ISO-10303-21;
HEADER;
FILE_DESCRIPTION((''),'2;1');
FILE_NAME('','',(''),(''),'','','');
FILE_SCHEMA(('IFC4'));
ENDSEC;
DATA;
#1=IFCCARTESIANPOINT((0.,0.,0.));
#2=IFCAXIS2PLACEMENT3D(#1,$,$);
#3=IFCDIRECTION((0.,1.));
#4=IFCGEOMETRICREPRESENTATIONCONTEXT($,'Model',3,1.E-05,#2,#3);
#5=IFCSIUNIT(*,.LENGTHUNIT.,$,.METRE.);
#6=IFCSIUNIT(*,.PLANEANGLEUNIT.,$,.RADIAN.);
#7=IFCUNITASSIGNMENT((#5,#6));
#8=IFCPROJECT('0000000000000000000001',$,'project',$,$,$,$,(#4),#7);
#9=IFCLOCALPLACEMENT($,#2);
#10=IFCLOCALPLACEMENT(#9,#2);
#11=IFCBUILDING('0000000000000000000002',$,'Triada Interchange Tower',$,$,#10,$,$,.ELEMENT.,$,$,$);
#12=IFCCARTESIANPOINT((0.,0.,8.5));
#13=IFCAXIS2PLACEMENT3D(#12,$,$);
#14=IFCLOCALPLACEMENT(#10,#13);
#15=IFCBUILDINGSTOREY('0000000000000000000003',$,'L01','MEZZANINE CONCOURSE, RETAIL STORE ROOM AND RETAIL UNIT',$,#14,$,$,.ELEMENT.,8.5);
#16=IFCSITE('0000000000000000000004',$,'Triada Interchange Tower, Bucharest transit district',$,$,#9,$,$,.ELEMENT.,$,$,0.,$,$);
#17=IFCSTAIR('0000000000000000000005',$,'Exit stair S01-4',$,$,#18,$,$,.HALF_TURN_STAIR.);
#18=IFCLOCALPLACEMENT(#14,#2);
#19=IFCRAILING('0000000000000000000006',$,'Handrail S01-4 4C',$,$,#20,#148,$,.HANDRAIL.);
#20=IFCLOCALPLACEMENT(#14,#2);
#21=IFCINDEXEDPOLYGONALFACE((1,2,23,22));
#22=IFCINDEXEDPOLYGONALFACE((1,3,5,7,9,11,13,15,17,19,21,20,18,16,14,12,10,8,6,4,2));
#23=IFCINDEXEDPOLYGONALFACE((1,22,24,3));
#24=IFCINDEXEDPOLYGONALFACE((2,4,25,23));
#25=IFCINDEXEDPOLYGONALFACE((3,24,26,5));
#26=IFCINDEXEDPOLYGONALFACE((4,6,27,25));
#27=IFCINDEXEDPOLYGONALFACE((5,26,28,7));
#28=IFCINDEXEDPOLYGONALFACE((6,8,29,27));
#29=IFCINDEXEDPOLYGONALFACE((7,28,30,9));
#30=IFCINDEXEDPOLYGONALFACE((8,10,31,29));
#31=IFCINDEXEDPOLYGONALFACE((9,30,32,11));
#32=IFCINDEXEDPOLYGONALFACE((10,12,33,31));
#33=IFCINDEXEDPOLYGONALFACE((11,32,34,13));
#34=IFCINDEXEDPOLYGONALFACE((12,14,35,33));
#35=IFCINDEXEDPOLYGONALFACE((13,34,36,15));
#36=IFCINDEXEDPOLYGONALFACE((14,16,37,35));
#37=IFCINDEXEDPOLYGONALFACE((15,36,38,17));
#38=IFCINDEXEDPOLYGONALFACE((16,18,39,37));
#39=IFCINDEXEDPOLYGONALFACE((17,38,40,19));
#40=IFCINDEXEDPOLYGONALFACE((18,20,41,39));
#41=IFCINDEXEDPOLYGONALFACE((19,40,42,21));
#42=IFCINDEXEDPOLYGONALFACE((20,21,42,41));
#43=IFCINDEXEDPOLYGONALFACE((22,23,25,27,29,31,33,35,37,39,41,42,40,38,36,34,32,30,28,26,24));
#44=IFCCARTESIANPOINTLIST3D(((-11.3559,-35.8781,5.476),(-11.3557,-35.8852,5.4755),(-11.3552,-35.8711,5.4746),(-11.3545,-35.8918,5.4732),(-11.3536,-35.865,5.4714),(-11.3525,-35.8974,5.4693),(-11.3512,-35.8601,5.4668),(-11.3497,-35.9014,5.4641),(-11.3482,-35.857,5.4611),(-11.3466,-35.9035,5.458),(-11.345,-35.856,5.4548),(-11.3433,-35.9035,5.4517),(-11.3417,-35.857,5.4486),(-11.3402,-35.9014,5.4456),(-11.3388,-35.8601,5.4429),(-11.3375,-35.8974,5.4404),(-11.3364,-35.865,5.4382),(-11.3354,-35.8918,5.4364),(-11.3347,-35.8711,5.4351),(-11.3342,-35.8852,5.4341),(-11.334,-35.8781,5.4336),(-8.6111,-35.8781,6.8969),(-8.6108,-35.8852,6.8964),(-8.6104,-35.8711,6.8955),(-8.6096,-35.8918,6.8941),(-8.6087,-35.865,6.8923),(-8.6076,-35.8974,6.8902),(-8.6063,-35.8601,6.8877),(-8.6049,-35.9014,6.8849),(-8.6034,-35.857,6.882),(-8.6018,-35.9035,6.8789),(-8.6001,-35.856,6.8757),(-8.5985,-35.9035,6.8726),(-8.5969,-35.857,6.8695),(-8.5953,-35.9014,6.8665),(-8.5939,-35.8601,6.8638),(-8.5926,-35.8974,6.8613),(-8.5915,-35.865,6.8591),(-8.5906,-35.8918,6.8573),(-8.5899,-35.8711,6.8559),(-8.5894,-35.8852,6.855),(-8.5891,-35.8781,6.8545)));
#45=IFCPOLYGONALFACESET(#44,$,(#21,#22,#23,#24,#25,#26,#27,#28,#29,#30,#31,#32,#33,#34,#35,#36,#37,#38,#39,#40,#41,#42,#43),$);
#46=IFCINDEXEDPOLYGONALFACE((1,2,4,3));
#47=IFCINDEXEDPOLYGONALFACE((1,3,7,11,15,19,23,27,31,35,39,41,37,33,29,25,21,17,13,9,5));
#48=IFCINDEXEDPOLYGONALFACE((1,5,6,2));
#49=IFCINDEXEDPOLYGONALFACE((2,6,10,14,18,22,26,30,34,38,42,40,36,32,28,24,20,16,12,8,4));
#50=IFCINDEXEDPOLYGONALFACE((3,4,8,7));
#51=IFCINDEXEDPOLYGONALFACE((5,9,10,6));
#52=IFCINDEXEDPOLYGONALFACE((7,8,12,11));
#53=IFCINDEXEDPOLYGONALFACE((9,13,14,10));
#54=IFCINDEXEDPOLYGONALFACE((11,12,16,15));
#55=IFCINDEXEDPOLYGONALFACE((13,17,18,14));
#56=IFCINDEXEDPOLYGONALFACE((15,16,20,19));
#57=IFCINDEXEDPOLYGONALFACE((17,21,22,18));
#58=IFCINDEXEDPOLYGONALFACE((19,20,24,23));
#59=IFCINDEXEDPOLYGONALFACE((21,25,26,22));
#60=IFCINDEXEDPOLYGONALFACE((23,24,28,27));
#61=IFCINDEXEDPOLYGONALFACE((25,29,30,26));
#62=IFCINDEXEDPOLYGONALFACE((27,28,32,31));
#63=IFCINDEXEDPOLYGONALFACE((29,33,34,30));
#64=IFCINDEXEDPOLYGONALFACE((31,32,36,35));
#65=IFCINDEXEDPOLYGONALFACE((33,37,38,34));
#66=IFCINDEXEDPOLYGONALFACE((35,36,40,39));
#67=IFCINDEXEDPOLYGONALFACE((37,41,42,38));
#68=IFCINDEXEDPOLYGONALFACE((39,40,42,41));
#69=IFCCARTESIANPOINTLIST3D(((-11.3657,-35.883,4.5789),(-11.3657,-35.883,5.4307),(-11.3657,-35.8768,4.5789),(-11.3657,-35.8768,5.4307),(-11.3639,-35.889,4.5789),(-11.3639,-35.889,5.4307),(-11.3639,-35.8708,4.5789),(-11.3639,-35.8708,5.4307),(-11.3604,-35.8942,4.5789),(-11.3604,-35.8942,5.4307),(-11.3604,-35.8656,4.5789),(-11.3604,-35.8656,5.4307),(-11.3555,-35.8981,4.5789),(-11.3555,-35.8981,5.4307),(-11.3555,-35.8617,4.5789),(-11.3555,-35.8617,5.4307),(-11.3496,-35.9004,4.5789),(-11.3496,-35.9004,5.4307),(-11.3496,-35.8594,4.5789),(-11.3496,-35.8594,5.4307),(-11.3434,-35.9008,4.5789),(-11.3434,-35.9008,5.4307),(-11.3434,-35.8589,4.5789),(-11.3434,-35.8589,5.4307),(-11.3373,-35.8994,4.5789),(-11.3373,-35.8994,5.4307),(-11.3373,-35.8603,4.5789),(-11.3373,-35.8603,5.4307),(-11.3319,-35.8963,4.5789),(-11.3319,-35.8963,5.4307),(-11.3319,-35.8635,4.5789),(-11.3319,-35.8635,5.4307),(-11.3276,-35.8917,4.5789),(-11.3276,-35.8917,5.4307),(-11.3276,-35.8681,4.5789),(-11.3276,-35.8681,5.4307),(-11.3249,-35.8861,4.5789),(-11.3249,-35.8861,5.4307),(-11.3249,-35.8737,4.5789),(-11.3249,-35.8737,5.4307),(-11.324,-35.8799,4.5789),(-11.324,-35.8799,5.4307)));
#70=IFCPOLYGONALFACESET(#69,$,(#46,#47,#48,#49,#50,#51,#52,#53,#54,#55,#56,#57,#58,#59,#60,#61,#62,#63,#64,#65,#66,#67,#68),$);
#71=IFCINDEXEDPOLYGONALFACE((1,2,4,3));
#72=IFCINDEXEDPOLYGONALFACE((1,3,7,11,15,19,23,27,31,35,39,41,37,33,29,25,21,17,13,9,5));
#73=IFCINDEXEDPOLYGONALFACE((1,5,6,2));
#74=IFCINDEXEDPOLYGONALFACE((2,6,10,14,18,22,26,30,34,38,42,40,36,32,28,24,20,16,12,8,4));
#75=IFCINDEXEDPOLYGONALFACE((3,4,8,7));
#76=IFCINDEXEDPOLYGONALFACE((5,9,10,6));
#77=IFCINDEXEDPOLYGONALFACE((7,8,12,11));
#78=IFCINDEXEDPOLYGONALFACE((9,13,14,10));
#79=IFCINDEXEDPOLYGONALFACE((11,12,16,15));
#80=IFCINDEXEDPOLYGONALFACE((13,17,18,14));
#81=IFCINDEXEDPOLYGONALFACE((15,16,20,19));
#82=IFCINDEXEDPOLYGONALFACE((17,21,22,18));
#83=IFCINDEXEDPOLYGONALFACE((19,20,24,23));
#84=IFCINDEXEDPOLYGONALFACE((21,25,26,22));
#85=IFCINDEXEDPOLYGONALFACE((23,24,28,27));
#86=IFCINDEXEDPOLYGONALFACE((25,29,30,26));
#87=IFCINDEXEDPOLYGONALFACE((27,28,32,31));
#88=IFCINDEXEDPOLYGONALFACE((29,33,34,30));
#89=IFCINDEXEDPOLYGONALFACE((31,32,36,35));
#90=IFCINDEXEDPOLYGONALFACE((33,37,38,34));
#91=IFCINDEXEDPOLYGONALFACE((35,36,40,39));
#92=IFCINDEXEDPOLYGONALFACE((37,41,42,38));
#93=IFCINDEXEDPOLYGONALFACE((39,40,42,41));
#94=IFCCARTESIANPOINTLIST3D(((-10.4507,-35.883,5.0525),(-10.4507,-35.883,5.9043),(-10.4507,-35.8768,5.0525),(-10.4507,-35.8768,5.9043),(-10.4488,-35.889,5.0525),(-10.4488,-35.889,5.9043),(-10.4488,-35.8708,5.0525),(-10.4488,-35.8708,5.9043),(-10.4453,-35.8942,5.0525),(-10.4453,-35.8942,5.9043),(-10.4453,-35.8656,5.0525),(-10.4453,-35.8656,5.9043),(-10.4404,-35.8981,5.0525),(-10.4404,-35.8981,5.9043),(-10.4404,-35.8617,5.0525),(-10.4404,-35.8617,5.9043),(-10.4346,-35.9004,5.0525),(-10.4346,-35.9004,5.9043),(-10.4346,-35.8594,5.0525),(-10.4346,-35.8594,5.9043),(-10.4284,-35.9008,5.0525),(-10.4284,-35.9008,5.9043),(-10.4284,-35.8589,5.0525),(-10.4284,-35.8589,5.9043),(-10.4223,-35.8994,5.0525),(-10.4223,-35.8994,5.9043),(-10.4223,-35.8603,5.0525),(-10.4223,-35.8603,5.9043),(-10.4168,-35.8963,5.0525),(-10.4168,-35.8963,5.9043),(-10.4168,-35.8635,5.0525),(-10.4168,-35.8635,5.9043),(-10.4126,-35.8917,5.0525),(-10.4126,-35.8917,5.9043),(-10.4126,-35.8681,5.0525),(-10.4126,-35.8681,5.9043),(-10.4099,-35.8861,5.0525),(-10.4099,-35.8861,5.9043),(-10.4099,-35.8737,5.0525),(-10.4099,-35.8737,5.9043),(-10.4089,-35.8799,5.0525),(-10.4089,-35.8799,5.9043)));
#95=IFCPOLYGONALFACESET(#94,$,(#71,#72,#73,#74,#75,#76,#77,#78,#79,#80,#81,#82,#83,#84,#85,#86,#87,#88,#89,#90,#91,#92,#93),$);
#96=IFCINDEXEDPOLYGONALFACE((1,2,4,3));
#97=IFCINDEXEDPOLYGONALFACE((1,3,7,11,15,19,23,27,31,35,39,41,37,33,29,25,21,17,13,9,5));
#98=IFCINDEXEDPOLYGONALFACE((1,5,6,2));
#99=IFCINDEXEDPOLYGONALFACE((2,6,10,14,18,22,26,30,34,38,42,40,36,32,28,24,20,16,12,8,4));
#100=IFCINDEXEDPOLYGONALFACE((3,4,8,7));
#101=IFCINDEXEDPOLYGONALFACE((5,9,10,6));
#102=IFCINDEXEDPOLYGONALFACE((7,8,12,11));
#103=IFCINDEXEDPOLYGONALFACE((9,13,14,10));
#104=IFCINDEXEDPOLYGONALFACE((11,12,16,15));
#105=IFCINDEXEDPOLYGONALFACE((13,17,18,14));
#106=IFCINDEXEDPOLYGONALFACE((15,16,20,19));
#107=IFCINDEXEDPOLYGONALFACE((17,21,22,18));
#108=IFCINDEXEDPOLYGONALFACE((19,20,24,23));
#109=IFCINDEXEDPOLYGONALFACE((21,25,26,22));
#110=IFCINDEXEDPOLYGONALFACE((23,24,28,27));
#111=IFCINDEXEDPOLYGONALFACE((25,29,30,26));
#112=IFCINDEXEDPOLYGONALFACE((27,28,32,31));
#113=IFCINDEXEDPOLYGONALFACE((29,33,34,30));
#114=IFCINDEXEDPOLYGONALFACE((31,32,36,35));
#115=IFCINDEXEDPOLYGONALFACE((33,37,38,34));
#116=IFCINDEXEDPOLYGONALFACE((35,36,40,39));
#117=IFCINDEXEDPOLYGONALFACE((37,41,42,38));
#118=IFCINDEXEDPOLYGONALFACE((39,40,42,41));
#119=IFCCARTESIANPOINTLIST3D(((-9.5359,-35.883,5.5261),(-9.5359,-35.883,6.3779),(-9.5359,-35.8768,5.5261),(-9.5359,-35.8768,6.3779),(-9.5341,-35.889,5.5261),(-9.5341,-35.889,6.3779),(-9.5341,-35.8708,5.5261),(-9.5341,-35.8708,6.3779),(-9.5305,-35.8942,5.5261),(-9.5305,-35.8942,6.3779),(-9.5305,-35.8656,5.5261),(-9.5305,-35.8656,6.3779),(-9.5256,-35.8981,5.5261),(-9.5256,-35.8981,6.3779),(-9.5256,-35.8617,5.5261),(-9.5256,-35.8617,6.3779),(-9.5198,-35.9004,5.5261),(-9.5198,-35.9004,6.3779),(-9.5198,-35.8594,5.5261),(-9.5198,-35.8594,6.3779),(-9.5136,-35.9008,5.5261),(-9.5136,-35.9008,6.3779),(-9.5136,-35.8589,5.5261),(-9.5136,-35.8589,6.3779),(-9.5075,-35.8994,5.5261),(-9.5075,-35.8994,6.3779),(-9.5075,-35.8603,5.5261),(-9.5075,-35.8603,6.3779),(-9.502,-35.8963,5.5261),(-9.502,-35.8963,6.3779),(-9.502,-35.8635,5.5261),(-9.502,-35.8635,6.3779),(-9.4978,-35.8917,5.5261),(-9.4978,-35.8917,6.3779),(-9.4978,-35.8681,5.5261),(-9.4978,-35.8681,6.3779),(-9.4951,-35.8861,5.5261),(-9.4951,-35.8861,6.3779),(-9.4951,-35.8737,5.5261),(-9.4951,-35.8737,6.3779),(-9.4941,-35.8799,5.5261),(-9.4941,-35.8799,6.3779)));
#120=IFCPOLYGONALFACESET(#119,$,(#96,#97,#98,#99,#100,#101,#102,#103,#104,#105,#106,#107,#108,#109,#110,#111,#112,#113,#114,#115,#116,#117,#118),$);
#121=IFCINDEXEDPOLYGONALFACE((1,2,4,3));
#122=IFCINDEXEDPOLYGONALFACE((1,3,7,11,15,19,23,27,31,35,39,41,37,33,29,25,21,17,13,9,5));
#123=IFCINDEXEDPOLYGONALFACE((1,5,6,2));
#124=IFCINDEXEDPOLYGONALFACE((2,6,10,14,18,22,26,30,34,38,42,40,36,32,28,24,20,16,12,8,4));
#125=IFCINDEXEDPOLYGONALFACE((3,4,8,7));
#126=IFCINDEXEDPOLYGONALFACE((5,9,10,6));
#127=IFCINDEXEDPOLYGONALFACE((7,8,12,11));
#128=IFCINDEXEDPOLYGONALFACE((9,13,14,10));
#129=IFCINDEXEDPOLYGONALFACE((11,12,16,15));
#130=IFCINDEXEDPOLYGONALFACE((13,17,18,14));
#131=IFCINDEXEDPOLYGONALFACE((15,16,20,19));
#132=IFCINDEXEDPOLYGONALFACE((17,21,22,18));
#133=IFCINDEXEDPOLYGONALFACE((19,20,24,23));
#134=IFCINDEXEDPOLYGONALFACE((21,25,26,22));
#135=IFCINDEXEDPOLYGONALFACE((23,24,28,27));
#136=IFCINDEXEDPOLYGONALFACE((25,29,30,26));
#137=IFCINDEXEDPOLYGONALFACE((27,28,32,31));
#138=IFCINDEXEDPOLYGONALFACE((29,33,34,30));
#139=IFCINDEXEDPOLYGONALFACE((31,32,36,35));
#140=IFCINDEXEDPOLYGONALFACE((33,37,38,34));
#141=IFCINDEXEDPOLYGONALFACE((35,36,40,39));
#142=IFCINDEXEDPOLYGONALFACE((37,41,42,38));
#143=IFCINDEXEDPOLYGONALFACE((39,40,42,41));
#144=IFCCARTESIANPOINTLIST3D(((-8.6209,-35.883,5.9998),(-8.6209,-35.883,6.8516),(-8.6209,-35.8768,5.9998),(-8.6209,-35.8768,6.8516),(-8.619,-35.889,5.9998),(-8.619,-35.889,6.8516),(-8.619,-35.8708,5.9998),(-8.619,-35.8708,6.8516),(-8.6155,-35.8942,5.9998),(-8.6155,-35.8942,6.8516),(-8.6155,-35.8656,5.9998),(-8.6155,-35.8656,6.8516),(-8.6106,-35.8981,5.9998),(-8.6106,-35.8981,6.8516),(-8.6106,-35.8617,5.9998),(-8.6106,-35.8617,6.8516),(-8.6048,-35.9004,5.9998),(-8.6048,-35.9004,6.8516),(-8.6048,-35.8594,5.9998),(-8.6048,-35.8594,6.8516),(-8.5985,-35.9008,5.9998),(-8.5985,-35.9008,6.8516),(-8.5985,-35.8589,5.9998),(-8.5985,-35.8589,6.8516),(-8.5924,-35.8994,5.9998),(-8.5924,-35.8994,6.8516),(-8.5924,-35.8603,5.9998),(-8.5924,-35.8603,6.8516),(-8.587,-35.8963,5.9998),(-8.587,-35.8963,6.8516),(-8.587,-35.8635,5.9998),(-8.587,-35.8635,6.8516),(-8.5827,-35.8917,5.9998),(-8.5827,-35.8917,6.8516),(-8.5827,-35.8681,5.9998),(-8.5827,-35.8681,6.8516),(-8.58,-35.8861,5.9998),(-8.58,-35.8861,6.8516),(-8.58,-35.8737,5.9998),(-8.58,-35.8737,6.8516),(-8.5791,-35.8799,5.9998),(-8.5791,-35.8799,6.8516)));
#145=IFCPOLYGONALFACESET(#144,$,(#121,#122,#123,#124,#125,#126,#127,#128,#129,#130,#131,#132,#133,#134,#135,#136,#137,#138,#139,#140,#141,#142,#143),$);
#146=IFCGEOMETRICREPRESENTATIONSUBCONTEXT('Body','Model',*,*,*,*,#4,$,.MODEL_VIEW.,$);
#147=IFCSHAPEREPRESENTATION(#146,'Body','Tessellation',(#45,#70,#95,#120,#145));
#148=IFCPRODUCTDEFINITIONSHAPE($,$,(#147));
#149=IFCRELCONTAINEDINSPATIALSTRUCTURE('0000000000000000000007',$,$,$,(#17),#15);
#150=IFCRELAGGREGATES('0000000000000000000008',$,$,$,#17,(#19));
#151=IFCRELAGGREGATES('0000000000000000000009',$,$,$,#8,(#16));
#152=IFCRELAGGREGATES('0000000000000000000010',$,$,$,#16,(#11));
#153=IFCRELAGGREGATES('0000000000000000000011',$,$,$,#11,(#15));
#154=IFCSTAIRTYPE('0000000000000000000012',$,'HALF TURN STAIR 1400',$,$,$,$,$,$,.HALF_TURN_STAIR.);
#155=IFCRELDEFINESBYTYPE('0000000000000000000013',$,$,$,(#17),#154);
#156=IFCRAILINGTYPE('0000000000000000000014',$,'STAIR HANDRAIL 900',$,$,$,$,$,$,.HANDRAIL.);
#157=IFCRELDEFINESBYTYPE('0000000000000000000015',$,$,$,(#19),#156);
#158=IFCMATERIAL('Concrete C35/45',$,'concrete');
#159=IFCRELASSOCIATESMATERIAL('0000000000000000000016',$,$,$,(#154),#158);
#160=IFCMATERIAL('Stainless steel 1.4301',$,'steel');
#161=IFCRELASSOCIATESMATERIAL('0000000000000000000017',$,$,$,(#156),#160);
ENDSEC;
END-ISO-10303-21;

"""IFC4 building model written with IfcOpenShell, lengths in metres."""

from ifc_helpers import new_model, si_unit, direction, frame, origin, origin_2d, place, context, subcontext, project, spatial, circle, extrude, material, type_object, element, aggregate, save


model = new_model("IFC4")

# Units and contexts
model_context = context("Model", 3, precision=1e-05, world=origin(), true_north=direction((0.0, 1.0)))
body_context = subcontext(model_context, "Body", "Model", "MODEL_VIEW")
ifc_project = project(units=[si_unit("LENGTHUNIT", "METRE"), si_unit("PLANEANGLEUNIT", "RADIAN")], contexts=[model_context])

# Site, building, storey
site_placement = place(None, origin())
site = spatial("IfcSite", under=ifc_project, at=site_placement, Name="Triada Interchange Tower, Bucharest transit district", CompositionType="ELEMENT", RefElevation=0.0)
building_placement = place(site_placement, origin())
building = spatial("IfcBuilding", under=site, at=building_placement, Name="Triada Interchange Tower", CompositionType="ELEMENT")
storey_placement = place(building_placement, frame((0.0, 0.0, 8.5)))
storey = spatial("IfcBuildingStorey", under=building, at=storey_placement, Name="L01", Description="MEZZANINE CONCOURSE, RETAIL STORE ROOM AND RETAIL UNIT", CompositionType="ELEMENT", Elevation=8.5)

# Stair, railing
ifc_material_1 = material(Name="Concrete C35/45", Category="concrete")
stair_type = type_object("IfcStairType", Name="HALF TURN STAIR 1400", PredefinedType="HALF_TURN_STAIR", material=ifc_material_1)
stair_placement = place(storey_placement, origin())
stair = element("IfcStair", 1, at=stair_placement, inside=storey, type_object=stair_type, Name="Exit stair S01-4", PredefinedType="HALF_TURN_STAIR")
ifc_material_2 = material(Name="Stainless steel 1.4301", Category="steel")
railing_type = type_object("IfcRailingType", Name="STAIR HANDRAIL 900", PredefinedType="HANDRAIL", material=ifc_material_2)
railing_1_placement = place(storey_placement, frame((-11.345, -35.8799, 4.5789)))
railing_1 = element("IfcRailing", 2, at=railing_1_placement, type_object=railing_type, Name="Handrail S01-4 4C", PredefinedType="HANDRAIL", context=body_context, shape_type="SweptSolid", body=[
    extrude(circle(Radius=0.0239, at=origin_2d()), frame((0.0, 0.0, 0.876), z_axis=(0.888068, 0.0, 0.459713), x_axis=(0.0, 1.0, 0.0)), (0.0, 0.0, 1.0), 3.0908),
    extrude(circle(Radius=0.021, at=origin_2d()), origin(), (0.0, 0.0, 1.0), 0.8518),
    extrude(circle(Radius=0.021, at=origin_2d()), frame((0.915, 0.0, 0.4736)), (0.0, 0.0, 1.0), 0.8518),
    extrude(circle(Radius=0.021, at=origin_2d()), frame((1.8298, 0.0, 0.9473)), (0.0, 0.0, 1.0), 0.8518),
    extrude(circle(Radius=0.021, at=origin_2d()), frame((2.7449, 0.0, 1.4209)), (0.0, 0.0, 1.0), 0.8518),
])
aggregate(stair, [railing_1])

save(model, "model.ifc")
